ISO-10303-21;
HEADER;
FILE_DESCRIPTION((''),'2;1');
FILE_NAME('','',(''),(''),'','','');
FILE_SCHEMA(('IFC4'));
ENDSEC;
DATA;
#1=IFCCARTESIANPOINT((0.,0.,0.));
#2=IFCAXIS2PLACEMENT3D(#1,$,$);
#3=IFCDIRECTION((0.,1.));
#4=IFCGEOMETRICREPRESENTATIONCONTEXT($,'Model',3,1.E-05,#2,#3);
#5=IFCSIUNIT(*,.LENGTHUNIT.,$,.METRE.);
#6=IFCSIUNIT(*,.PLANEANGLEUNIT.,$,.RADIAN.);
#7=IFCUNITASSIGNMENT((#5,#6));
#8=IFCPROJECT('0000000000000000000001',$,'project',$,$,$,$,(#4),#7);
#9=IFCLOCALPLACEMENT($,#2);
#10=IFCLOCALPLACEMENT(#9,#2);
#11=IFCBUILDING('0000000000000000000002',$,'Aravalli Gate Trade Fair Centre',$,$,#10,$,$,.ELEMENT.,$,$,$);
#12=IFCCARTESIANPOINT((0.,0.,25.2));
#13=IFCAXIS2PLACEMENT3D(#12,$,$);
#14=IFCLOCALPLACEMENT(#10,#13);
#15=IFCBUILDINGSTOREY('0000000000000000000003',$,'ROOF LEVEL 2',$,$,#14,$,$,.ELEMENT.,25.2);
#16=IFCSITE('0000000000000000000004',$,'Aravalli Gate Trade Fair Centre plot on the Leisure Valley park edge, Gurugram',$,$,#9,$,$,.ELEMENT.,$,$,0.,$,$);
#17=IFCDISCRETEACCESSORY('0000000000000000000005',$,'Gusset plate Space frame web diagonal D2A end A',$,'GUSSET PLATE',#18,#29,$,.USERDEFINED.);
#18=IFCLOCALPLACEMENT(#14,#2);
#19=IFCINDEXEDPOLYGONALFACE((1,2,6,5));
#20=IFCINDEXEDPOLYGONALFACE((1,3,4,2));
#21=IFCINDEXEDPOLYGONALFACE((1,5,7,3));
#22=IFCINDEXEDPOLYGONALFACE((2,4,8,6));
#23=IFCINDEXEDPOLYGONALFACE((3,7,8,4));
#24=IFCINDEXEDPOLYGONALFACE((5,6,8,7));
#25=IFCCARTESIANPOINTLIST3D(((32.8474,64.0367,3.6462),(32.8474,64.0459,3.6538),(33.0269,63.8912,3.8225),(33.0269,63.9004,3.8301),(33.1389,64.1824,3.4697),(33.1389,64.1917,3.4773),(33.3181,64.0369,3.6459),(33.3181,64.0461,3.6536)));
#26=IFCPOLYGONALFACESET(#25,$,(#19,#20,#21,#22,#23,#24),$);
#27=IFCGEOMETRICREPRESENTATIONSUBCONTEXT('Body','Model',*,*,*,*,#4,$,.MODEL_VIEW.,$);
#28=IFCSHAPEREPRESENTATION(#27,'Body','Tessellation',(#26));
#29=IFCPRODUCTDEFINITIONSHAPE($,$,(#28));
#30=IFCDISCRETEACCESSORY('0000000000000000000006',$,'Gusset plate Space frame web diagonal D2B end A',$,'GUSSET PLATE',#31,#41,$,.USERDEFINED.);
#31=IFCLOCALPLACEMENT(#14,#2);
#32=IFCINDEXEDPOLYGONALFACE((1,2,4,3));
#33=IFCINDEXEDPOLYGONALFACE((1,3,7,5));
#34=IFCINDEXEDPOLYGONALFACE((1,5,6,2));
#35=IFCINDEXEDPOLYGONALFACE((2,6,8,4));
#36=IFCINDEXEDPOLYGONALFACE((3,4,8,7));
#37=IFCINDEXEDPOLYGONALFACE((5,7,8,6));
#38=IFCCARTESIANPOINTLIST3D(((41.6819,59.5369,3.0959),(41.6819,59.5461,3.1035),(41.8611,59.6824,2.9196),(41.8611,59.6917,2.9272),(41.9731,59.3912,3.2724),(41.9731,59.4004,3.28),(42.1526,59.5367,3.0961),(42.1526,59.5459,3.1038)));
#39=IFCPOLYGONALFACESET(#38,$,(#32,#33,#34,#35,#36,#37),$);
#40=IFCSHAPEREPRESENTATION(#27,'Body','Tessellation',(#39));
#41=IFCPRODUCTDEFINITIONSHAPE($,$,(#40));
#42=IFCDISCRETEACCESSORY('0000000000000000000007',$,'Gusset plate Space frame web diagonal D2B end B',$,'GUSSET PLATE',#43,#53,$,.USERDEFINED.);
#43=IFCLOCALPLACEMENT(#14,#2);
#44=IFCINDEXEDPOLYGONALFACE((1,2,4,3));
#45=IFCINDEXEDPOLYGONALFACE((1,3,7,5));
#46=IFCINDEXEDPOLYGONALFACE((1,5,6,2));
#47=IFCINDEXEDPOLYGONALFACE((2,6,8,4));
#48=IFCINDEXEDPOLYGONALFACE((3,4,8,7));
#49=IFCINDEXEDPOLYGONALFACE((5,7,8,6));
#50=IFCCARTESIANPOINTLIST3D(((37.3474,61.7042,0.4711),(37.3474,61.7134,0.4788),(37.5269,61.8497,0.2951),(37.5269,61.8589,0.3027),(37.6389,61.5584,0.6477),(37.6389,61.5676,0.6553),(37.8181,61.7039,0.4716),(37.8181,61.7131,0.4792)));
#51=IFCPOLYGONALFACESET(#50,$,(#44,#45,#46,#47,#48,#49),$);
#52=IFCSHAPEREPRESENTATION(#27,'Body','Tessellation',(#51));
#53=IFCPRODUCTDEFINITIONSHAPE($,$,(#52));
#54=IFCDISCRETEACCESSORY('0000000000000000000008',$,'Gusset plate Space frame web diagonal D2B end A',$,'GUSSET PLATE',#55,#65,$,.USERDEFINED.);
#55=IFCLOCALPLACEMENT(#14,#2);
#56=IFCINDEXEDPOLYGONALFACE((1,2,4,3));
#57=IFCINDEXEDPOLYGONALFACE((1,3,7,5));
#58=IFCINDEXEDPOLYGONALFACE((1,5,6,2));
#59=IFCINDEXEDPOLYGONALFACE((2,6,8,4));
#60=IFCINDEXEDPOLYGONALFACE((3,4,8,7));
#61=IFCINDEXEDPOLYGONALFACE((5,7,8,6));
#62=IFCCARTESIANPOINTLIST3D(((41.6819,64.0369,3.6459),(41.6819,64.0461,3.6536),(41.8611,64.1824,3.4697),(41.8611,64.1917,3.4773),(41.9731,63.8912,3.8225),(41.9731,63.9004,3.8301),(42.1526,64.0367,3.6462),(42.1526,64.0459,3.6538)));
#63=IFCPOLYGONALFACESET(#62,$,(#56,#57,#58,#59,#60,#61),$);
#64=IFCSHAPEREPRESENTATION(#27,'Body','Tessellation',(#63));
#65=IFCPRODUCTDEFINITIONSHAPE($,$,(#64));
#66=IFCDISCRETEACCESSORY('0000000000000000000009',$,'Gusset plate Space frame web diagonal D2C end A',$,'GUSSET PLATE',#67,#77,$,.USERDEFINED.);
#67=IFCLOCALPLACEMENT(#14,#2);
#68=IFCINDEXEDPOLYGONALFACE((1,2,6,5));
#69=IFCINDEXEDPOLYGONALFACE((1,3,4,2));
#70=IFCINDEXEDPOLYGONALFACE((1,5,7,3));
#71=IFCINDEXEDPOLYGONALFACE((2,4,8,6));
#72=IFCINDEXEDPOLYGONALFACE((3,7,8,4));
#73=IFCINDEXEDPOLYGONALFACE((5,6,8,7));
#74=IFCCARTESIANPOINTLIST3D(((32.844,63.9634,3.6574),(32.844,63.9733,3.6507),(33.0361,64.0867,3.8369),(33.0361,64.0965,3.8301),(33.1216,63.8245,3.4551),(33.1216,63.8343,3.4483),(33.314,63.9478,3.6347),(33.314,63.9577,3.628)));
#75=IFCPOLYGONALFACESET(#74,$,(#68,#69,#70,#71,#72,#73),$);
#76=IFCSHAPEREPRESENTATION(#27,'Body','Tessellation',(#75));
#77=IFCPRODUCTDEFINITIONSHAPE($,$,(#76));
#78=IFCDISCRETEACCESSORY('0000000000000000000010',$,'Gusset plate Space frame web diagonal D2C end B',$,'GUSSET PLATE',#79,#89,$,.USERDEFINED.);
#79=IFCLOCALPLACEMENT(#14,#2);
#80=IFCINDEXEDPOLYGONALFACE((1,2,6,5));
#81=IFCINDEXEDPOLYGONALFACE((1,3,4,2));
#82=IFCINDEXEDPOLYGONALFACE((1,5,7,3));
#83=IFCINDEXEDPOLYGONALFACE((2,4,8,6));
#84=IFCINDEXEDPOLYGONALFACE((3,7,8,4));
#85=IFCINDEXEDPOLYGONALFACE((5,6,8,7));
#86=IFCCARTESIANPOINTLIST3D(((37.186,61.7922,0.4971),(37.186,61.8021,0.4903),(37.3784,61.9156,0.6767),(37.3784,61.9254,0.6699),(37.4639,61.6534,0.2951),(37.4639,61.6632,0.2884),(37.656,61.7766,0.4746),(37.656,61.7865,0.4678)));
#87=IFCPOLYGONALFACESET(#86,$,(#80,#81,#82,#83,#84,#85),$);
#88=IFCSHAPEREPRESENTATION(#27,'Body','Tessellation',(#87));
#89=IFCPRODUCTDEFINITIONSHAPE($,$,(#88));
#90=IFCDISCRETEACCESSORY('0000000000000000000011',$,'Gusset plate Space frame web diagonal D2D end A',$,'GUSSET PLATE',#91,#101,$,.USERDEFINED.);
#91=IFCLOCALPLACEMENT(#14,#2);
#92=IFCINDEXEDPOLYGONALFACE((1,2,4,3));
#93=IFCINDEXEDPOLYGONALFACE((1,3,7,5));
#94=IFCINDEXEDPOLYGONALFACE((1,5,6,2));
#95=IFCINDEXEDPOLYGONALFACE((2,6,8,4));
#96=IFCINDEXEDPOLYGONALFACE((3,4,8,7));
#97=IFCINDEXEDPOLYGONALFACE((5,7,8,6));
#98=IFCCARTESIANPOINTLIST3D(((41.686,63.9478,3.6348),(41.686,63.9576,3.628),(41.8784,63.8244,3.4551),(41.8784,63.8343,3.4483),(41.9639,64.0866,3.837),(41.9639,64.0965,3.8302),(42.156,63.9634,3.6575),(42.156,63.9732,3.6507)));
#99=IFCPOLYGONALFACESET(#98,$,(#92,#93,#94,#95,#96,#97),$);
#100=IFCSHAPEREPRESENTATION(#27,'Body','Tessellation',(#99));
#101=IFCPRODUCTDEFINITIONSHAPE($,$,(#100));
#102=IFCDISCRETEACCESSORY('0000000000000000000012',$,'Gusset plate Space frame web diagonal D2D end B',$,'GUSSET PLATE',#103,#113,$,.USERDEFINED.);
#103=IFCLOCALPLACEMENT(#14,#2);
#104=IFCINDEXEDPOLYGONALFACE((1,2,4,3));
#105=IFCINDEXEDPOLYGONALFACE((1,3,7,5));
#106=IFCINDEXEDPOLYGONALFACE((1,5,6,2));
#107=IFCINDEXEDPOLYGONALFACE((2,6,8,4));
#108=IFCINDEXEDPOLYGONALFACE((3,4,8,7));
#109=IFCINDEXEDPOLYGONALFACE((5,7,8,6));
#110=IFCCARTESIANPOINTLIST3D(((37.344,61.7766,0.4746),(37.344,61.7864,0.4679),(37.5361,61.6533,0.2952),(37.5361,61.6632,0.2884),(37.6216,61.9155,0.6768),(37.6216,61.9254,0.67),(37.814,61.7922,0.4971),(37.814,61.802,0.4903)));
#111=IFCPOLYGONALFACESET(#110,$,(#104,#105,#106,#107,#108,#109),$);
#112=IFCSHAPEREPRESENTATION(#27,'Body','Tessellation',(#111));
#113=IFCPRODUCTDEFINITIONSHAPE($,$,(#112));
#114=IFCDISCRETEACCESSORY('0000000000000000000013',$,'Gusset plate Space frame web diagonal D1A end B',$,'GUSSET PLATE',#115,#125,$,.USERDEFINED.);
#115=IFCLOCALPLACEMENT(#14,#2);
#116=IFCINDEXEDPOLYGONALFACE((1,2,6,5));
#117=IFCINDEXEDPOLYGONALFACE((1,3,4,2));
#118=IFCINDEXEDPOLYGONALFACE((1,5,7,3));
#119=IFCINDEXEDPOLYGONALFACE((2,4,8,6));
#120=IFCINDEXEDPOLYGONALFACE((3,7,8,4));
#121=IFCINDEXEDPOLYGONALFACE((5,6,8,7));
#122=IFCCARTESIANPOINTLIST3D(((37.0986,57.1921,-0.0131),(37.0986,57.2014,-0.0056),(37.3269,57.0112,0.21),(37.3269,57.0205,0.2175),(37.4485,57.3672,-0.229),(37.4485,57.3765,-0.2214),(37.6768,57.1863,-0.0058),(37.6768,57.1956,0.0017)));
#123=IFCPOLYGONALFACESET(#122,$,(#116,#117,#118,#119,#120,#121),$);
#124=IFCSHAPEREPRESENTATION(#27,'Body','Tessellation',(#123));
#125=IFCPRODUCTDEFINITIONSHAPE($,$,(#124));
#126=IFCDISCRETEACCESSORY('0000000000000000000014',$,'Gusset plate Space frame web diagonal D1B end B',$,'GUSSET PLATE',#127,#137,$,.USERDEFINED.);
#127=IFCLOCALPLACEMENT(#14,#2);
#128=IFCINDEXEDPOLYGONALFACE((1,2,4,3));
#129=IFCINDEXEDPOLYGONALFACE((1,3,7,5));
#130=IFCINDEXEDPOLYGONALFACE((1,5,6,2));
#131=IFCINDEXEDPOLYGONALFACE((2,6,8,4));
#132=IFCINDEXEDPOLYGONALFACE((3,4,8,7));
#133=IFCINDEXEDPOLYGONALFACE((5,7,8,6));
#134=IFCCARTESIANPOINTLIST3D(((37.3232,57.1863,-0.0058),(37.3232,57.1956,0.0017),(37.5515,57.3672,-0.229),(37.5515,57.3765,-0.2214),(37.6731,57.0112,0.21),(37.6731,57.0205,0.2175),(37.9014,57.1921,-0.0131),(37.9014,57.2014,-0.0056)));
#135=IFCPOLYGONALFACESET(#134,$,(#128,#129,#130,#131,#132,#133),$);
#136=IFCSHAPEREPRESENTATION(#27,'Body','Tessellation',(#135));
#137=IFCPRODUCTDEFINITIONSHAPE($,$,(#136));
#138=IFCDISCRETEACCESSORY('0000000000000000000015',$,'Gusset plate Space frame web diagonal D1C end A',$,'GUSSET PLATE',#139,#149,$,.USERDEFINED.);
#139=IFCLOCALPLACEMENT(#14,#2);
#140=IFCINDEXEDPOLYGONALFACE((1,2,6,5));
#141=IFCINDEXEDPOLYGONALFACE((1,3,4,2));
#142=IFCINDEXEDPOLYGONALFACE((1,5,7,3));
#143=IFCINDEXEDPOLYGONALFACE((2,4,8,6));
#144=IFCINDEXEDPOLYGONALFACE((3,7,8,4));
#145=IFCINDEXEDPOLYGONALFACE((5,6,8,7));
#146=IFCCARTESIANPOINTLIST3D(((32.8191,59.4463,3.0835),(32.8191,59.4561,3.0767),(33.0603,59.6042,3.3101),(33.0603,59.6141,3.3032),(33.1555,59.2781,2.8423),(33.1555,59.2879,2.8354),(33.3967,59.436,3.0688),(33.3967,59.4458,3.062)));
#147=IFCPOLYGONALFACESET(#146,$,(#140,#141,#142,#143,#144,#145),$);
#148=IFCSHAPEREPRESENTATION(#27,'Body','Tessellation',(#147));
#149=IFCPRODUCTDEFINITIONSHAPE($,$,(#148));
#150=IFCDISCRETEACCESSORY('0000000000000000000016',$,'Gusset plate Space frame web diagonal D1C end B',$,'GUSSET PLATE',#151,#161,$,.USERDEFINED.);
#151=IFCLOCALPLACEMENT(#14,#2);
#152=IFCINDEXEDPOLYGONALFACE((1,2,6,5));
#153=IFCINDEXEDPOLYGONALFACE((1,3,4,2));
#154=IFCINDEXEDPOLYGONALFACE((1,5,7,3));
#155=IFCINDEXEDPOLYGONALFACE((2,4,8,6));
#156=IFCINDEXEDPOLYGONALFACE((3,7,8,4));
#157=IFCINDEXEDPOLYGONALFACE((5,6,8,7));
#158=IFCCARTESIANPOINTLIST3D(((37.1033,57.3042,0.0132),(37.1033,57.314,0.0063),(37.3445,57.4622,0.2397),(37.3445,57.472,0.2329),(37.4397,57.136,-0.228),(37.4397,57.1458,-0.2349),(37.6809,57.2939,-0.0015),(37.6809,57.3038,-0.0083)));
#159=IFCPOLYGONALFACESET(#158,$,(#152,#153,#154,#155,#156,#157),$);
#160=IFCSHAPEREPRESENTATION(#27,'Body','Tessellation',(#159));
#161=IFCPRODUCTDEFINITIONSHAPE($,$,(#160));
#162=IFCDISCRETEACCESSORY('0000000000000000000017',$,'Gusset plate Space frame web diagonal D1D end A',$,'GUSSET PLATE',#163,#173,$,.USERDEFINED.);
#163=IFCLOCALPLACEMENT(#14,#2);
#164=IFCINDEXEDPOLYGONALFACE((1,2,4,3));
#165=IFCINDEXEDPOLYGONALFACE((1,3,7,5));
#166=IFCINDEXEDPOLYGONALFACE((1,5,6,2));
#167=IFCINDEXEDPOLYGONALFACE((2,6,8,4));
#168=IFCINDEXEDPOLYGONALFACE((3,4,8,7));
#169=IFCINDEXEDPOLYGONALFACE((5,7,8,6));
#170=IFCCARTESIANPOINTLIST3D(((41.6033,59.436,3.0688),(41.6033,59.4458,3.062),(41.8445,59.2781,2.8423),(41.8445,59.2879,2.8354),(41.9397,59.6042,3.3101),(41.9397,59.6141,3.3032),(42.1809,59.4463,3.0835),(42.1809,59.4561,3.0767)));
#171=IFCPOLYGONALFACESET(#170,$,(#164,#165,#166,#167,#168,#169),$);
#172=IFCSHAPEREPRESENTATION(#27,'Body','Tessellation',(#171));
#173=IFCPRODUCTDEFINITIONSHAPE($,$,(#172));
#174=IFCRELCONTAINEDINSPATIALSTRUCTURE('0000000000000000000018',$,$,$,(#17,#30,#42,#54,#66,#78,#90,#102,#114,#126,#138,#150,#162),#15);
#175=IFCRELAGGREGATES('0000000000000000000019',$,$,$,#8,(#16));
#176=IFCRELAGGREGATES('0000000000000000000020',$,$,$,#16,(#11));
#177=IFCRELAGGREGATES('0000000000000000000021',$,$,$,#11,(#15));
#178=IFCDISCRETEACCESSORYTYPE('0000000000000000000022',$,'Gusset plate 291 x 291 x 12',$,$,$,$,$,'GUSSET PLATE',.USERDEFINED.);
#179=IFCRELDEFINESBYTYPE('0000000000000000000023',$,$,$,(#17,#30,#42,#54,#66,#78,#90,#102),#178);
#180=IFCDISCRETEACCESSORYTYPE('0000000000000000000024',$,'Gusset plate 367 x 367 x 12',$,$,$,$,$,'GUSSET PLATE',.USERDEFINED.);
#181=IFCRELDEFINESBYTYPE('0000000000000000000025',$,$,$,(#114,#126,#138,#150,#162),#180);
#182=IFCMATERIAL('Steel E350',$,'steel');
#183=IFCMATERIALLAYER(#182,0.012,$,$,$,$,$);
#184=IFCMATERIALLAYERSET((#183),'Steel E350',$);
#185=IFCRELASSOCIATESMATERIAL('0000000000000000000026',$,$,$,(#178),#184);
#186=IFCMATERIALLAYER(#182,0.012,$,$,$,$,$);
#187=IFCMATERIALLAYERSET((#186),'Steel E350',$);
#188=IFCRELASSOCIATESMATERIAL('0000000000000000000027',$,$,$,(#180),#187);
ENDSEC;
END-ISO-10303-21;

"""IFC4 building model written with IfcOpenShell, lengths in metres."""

from ifc_helpers import new_model, si_unit, direction, frame, origin, place, context, subcontext, project, spatial, polyline, outline, extrude, material, layer, layer_set, type_object, element, save


model = new_model("IFC4")

# Units and contexts
model_context = context("Model", 3, precision=1e-05, world=origin(), true_north=direction((0.0, 1.0)))
body_context = subcontext(model_context, "Body", "Model", "MODEL_VIEW")
ifc_project = project(units=[si_unit("LENGTHUNIT", "METRE"), si_unit("PLANEANGLEUNIT", "RADIAN")], contexts=[model_context])

# Site, building, storey
site_placement = place(None, origin())
site = spatial("IfcSite", under=ifc_project, at=site_placement, Name="Aravalli Gate Trade Fair Centre plot on the Leisure Valley park edge, Gurugram", CompositionType="ELEMENT", RefElevation=0.0)
building_placement = place(site_placement, origin())
building = spatial("IfcBuilding", under=site, at=building_placement, Name="Aravalli Gate Trade Fair Centre", CompositionType="ELEMENT")
storey_placement = place(building_placement, frame((0.0, 0.0, 25.2)))
storey = spatial("IfcBuildingStorey", under=building, at=storey_placement, Name="ROOF LEVEL 2", CompositionType="ELEMENT", Elevation=25.2)

# Shared definitions
ifc_material = material(Name="Steel E350", Category="steel")

# Discrete accessories
ifc_layer_1 = layer(ifc_material, 0.012)
ifc_layer_set_1 = layer_set([ifc_layer_1], Name="Steel E350")
discrete_accessory_type_1 = type_object("IfcDiscreteAccessoryType", Name="Gusset plate 291 x 291 x 12", ElementType="GUSSET PLATE", PredefinedType="USERDEFINED", material=ifc_layer_set_1)
discrete_accessory_1_placement = place(storey_placement, frame((33.1389, 64.1917, 3.4773), z_axis=(-0.00007, 0.771155, 0.636648), x_axis=(-0.786484, -0.393242, 0.476238)))
element("IfcDiscreteAccessory", 1, at=discrete_accessory_1_placement, inside=storey, type_object=discrete_accessory_type_1, Name="Gusset plate Space frame web diagonal D2A end A", ObjectType="GUSSET PLATE", PredefinedType="USERDEFINED", context=body_context, shape_type="SweptSolid", body=[
    extrude(outline(polyline([(0.0, 0.0), (0.3706, 0.0), (0.3707, 0.2906), (0.0002, 0.2904), (0.0, 0.0)])), origin(), (0.0, 0.0, -1.0), 0.012),
])
discrete_accessory_2_placement = place(storey_placement, frame((41.6819, 59.5461, 3.1035), z_axis=(0.00007, 0.771155, 0.636648), x_axis=(0.786233, -0.393446, 0.476485)))
element("IfcDiscreteAccessory", 2, at=discrete_accessory_2_placement, inside=storey, type_object=discrete_accessory_type_1, Name="Gusset plate Space frame web diagonal D2B end A", ObjectType="GUSSET PLATE", PredefinedType="USERDEFINED", context=body_context, shape_type="SweptSolid", body=[
    extrude(outline(polyline([(0.0, 0.0), (0.3704, 0.0), (0.3703, 0.2906), (-0.0003, 0.2904), (0.0, 0.0)])), origin(), (0.0, 0.0, -1.0), 0.012),
])
discrete_accessory_3_placement = place(storey_placement, frame((37.6389, 61.5676, 0.6553), z_axis=(-0.000261, 0.770887, 0.636972), x_axis=(-0.786484, 0.393242, -0.476238)))
element("IfcDiscreteAccessory", 3, at=discrete_accessory_3_placement, inside=storey, type_object=discrete_accessory_type_1, Name="Gusset plate Space frame web diagonal D2B end B", ObjectType="GUSSET PLATE", PredefinedType="USERDEFINED", context=body_context, shape_type="SweptSolid", body=[
    extrude(outline(polyline([(0.0, 0.0), (0.3706, 0.0), (0.3706, -0.2904), (0.0001, -0.2903), (0.0, 0.0)])), origin(), (0.0, 0.0, -1.0), 0.012),
])
discrete_accessory_4_placement = place(storey_placement, frame((41.6819, 64.0461, 3.6536), z_axis=(0.00007, 0.771155, 0.636648), x_axis=(0.786233, -0.393446, 0.476485)))
element("IfcDiscreteAccessory", 4, at=discrete_accessory_4_placement, inside=storey, type_object=discrete_accessory_type_1, Name="Gusset plate Space frame web diagonal D2B end A", ObjectType="GUSSET PLATE", PredefinedType="USERDEFINED", context=body_context, shape_type="SweptSolid", body=[
    extrude(outline(polyline([(0.0, 0.0), (0.3704, 0.0), (0.3703, 0.2906), (-0.0003, 0.2904), (0.0, 0.0)])), origin(), (0.0, 0.0, -1.0), 0.012),
])
discrete_accessory_5_placement = place(storey_placement, frame((33.1216, 63.8245, 3.4551), z_axis=(-0.000059, -0.824356, 0.566072), x_axis=(-0.749102, 0.375034, 0.546073)))
element("IfcDiscreteAccessory", 5, at=discrete_accessory_5_placement, inside=storey, type_object=discrete_accessory_type_1, Name="Gusset plate Space frame web diagonal D2C end A", ObjectType="GUSSET PLATE", PredefinedType="USERDEFINED", context=body_context, shape_type="SweptSolid", body=[
    extrude(outline(polyline([(0.0, 0.0), (0.3706, 0.0), (0.3709, -0.2904), (0.0002, -0.2907), (0.0, 0.0)])), origin(), (0.0, 0.0, -1.0), 0.012),
])
discrete_accessory_6_placement = place(storey_placement, frame((37.186, 61.7922, 0.4971), z_axis=(-0.000339, -0.824216, 0.566276), x_axis=(0.749929, -0.374811, -0.545089)))
element("IfcDiscreteAccessory", 6, at=discrete_accessory_6_placement, inside=storey, type_object=discrete_accessory_type_1, Name="Gusset plate Space frame web diagonal D2C end B", ObjectType="GUSSET PLATE", PredefinedType="USERDEFINED", context=body_context, shape_type="SweptSolid", body=[
    extrude(outline(polyline([(0.0, 0.0), (0.3705, 0.0), (0.3705, 0.2904), (0.0001, 0.2907), (0.0, 0.0)])), origin(), (0.0, 0.0, -1.0), 0.012),
])
discrete_accessory_7_placement = place(storey_placement, frame((41.686, 63.9478, 3.6348), z_axis=(0.000059, -0.824356, 0.566072), x_axis=(0.74966, 0.374676, 0.545552)))
element("IfcDiscreteAccessory", 7, at=discrete_accessory_7_placement, inside=storey, type_object=discrete_accessory_type_1, Name="Gusset plate Space frame web diagonal D2D end A", ObjectType="GUSSET PLATE", PredefinedType="USERDEFINED", context=body_context, shape_type="SweptSolid", body=[
    extrude(outline(polyline([(0.0, 0.0), (0.3706, 0.0), (0.3706, -0.2904), (0.0, -0.2907), (0.0, 0.0)])), origin(), (0.0, 0.0, -1.0), 0.012),
])
discrete_accessory_8_placement = place(storey_placement, frame((37.6216, 61.9155, 0.6768), z_axis=(0.000339, -0.824216, 0.566276), x_axis=(-0.749371, -0.375169, -0.545611)))
element("IfcDiscreteAccessory", 8, at=discrete_accessory_8_placement, inside=storey, type_object=discrete_accessory_type_1, Name="Gusset plate Space frame web diagonal D2D end B", ObjectType="GUSSET PLATE", PredefinedType="USERDEFINED", context=body_context, shape_type="SweptSolid", body=[
    extrude(outline(polyline([(0.0, 0.0), (0.3704, 0.0), (0.3706, 0.2904), (0.0001, 0.2907), (0.0, 0.0)])), origin(), (0.0, 0.0, -1.0), 0.012),
])
ifc_layer_2 = layer(ifc_material, 0.012)
ifc_layer_set_2 = layer_set([ifc_layer_2], Name="Steel E350")
discrete_accessory_type_2 = type_object("IfcDiscreteAccessoryType", Name="Gusset plate 367 x 367 x 12", ElementType="GUSSET PLATE", PredefinedType="USERDEFINED", material=ifc_layer_set_2)
discrete_accessory_9_placement = place(storey_placement, frame((37.0986, 57.2014, -0.0056), z_axis=(-0.000107, 0.776736, 0.629826), x_axis=(0.783044, 0.391795, -0.48305)))
element("IfcDiscreteAccessory", 9, at=discrete_accessory_9_placement, inside=storey, type_object=discrete_accessory_type_2, Name="Gusset plate Space frame web diagonal D1A end B", ObjectType="GUSSET PLATE", PredefinedType="USERDEFINED", context=body_context, shape_type="SweptSolid", body=[
    extrude(outline(polyline([(0.0, 0.0), (0.4468, 0.0), (0.4469, -0.3669), (0.0001, -0.3669), (0.0, 0.0)])), origin(), (0.0, 0.0, -1.0), 0.012),
])
discrete_accessory_10_placement = place(storey_placement, frame((37.6731, 57.0205, 0.2175), z_axis=(0.000107, 0.776736, 0.629826), x_axis=(-0.783044, 0.391795, -0.48305)))
element("IfcDiscreteAccessory", 10, at=discrete_accessory_10_placement, inside=storey, type_object=discrete_accessory_type_2, Name="Gusset plate Space frame web diagonal D1B end B", ObjectType="GUSSET PLATE", PredefinedType="USERDEFINED", context=body_context, shape_type="SweptSolid", body=[
    extrude(outline(polyline([(0.0, 0.0), (0.4468, 0.0), (0.4467, -0.3669), (-0.0001, -0.3669), (0.0, 0.0)])), origin(), (0.0, 0.0, -1.0), 0.012),
])
discrete_accessory_11_placement = place(storey_placement, frame((33.1555, 59.2781, 2.8423), z_axis=(-0.000057, -0.820282, 0.57196), x_axis=(-0.75291, 0.376455, 0.539822)))
element("IfcDiscreteAccessory", 11, at=discrete_accessory_11_placement, inside=storey, type_object=discrete_accessory_type_2, Name="Gusset plate Space frame web diagonal D1C end A", ObjectType="GUSSET PLATE", PredefinedType="USERDEFINED", context=body_context, shape_type="SweptSolid", body=[
    extrude(outline(polyline([(0.0, 0.0), (0.4468, 0.0), (0.447, -0.3667), (0.0002, -0.3667), (0.0, 0.0)])), origin(), (0.0, 0.0, -1.0), 0.012),
])
discrete_accessory_12_placement = place(storey_placement, frame((37.1033, 57.3042, 0.0132), z_axis=(-0.000057, -0.820282, 0.57196), x_axis=(0.75291, -0.376455, -0.539822)))
element("IfcDiscreteAccessory", 12, at=discrete_accessory_12_placement, inside=storey, type_object=discrete_accessory_type_2, Name="Gusset plate Space frame web diagonal D1C end B", ObjectType="GUSSET PLATE", PredefinedType="USERDEFINED", context=body_context, shape_type="SweptSolid", body=[
    extrude(outline(polyline([(0.0, 0.0), (0.4468, 0.0), (0.4467, 0.3667), (-0.0002, 0.3667), (0.0, 0.0)])), origin(), (0.0, 0.0, -1.0), 0.012),
])
discrete_accessory_13_placement = place(storey_placement, frame((41.6033, 59.436, 3.0688), z_axis=(0.000057, -0.820282, 0.57196), x_axis=(0.75291, 0.376455, 0.539822)))
element("IfcDiscreteAccessory", 13, at=discrete_accessory_13_placement, inside=storey, type_object=discrete_accessory_type_2, Name="Gusset plate Space frame web diagonal D1D end A", ObjectType="GUSSET PLATE", PredefinedType="USERDEFINED", context=body_context, shape_type="SweptSolid", body=[
    extrude(outline(polyline([(0.0, 0.0), (0.4468, 0.0), (0.4467, -0.3667), (-0.0002, -0.3667), (0.0, 0.0)])), origin(), (0.0, 0.0, -1.0), 0.012),
])

save(model, "model.ifc")
